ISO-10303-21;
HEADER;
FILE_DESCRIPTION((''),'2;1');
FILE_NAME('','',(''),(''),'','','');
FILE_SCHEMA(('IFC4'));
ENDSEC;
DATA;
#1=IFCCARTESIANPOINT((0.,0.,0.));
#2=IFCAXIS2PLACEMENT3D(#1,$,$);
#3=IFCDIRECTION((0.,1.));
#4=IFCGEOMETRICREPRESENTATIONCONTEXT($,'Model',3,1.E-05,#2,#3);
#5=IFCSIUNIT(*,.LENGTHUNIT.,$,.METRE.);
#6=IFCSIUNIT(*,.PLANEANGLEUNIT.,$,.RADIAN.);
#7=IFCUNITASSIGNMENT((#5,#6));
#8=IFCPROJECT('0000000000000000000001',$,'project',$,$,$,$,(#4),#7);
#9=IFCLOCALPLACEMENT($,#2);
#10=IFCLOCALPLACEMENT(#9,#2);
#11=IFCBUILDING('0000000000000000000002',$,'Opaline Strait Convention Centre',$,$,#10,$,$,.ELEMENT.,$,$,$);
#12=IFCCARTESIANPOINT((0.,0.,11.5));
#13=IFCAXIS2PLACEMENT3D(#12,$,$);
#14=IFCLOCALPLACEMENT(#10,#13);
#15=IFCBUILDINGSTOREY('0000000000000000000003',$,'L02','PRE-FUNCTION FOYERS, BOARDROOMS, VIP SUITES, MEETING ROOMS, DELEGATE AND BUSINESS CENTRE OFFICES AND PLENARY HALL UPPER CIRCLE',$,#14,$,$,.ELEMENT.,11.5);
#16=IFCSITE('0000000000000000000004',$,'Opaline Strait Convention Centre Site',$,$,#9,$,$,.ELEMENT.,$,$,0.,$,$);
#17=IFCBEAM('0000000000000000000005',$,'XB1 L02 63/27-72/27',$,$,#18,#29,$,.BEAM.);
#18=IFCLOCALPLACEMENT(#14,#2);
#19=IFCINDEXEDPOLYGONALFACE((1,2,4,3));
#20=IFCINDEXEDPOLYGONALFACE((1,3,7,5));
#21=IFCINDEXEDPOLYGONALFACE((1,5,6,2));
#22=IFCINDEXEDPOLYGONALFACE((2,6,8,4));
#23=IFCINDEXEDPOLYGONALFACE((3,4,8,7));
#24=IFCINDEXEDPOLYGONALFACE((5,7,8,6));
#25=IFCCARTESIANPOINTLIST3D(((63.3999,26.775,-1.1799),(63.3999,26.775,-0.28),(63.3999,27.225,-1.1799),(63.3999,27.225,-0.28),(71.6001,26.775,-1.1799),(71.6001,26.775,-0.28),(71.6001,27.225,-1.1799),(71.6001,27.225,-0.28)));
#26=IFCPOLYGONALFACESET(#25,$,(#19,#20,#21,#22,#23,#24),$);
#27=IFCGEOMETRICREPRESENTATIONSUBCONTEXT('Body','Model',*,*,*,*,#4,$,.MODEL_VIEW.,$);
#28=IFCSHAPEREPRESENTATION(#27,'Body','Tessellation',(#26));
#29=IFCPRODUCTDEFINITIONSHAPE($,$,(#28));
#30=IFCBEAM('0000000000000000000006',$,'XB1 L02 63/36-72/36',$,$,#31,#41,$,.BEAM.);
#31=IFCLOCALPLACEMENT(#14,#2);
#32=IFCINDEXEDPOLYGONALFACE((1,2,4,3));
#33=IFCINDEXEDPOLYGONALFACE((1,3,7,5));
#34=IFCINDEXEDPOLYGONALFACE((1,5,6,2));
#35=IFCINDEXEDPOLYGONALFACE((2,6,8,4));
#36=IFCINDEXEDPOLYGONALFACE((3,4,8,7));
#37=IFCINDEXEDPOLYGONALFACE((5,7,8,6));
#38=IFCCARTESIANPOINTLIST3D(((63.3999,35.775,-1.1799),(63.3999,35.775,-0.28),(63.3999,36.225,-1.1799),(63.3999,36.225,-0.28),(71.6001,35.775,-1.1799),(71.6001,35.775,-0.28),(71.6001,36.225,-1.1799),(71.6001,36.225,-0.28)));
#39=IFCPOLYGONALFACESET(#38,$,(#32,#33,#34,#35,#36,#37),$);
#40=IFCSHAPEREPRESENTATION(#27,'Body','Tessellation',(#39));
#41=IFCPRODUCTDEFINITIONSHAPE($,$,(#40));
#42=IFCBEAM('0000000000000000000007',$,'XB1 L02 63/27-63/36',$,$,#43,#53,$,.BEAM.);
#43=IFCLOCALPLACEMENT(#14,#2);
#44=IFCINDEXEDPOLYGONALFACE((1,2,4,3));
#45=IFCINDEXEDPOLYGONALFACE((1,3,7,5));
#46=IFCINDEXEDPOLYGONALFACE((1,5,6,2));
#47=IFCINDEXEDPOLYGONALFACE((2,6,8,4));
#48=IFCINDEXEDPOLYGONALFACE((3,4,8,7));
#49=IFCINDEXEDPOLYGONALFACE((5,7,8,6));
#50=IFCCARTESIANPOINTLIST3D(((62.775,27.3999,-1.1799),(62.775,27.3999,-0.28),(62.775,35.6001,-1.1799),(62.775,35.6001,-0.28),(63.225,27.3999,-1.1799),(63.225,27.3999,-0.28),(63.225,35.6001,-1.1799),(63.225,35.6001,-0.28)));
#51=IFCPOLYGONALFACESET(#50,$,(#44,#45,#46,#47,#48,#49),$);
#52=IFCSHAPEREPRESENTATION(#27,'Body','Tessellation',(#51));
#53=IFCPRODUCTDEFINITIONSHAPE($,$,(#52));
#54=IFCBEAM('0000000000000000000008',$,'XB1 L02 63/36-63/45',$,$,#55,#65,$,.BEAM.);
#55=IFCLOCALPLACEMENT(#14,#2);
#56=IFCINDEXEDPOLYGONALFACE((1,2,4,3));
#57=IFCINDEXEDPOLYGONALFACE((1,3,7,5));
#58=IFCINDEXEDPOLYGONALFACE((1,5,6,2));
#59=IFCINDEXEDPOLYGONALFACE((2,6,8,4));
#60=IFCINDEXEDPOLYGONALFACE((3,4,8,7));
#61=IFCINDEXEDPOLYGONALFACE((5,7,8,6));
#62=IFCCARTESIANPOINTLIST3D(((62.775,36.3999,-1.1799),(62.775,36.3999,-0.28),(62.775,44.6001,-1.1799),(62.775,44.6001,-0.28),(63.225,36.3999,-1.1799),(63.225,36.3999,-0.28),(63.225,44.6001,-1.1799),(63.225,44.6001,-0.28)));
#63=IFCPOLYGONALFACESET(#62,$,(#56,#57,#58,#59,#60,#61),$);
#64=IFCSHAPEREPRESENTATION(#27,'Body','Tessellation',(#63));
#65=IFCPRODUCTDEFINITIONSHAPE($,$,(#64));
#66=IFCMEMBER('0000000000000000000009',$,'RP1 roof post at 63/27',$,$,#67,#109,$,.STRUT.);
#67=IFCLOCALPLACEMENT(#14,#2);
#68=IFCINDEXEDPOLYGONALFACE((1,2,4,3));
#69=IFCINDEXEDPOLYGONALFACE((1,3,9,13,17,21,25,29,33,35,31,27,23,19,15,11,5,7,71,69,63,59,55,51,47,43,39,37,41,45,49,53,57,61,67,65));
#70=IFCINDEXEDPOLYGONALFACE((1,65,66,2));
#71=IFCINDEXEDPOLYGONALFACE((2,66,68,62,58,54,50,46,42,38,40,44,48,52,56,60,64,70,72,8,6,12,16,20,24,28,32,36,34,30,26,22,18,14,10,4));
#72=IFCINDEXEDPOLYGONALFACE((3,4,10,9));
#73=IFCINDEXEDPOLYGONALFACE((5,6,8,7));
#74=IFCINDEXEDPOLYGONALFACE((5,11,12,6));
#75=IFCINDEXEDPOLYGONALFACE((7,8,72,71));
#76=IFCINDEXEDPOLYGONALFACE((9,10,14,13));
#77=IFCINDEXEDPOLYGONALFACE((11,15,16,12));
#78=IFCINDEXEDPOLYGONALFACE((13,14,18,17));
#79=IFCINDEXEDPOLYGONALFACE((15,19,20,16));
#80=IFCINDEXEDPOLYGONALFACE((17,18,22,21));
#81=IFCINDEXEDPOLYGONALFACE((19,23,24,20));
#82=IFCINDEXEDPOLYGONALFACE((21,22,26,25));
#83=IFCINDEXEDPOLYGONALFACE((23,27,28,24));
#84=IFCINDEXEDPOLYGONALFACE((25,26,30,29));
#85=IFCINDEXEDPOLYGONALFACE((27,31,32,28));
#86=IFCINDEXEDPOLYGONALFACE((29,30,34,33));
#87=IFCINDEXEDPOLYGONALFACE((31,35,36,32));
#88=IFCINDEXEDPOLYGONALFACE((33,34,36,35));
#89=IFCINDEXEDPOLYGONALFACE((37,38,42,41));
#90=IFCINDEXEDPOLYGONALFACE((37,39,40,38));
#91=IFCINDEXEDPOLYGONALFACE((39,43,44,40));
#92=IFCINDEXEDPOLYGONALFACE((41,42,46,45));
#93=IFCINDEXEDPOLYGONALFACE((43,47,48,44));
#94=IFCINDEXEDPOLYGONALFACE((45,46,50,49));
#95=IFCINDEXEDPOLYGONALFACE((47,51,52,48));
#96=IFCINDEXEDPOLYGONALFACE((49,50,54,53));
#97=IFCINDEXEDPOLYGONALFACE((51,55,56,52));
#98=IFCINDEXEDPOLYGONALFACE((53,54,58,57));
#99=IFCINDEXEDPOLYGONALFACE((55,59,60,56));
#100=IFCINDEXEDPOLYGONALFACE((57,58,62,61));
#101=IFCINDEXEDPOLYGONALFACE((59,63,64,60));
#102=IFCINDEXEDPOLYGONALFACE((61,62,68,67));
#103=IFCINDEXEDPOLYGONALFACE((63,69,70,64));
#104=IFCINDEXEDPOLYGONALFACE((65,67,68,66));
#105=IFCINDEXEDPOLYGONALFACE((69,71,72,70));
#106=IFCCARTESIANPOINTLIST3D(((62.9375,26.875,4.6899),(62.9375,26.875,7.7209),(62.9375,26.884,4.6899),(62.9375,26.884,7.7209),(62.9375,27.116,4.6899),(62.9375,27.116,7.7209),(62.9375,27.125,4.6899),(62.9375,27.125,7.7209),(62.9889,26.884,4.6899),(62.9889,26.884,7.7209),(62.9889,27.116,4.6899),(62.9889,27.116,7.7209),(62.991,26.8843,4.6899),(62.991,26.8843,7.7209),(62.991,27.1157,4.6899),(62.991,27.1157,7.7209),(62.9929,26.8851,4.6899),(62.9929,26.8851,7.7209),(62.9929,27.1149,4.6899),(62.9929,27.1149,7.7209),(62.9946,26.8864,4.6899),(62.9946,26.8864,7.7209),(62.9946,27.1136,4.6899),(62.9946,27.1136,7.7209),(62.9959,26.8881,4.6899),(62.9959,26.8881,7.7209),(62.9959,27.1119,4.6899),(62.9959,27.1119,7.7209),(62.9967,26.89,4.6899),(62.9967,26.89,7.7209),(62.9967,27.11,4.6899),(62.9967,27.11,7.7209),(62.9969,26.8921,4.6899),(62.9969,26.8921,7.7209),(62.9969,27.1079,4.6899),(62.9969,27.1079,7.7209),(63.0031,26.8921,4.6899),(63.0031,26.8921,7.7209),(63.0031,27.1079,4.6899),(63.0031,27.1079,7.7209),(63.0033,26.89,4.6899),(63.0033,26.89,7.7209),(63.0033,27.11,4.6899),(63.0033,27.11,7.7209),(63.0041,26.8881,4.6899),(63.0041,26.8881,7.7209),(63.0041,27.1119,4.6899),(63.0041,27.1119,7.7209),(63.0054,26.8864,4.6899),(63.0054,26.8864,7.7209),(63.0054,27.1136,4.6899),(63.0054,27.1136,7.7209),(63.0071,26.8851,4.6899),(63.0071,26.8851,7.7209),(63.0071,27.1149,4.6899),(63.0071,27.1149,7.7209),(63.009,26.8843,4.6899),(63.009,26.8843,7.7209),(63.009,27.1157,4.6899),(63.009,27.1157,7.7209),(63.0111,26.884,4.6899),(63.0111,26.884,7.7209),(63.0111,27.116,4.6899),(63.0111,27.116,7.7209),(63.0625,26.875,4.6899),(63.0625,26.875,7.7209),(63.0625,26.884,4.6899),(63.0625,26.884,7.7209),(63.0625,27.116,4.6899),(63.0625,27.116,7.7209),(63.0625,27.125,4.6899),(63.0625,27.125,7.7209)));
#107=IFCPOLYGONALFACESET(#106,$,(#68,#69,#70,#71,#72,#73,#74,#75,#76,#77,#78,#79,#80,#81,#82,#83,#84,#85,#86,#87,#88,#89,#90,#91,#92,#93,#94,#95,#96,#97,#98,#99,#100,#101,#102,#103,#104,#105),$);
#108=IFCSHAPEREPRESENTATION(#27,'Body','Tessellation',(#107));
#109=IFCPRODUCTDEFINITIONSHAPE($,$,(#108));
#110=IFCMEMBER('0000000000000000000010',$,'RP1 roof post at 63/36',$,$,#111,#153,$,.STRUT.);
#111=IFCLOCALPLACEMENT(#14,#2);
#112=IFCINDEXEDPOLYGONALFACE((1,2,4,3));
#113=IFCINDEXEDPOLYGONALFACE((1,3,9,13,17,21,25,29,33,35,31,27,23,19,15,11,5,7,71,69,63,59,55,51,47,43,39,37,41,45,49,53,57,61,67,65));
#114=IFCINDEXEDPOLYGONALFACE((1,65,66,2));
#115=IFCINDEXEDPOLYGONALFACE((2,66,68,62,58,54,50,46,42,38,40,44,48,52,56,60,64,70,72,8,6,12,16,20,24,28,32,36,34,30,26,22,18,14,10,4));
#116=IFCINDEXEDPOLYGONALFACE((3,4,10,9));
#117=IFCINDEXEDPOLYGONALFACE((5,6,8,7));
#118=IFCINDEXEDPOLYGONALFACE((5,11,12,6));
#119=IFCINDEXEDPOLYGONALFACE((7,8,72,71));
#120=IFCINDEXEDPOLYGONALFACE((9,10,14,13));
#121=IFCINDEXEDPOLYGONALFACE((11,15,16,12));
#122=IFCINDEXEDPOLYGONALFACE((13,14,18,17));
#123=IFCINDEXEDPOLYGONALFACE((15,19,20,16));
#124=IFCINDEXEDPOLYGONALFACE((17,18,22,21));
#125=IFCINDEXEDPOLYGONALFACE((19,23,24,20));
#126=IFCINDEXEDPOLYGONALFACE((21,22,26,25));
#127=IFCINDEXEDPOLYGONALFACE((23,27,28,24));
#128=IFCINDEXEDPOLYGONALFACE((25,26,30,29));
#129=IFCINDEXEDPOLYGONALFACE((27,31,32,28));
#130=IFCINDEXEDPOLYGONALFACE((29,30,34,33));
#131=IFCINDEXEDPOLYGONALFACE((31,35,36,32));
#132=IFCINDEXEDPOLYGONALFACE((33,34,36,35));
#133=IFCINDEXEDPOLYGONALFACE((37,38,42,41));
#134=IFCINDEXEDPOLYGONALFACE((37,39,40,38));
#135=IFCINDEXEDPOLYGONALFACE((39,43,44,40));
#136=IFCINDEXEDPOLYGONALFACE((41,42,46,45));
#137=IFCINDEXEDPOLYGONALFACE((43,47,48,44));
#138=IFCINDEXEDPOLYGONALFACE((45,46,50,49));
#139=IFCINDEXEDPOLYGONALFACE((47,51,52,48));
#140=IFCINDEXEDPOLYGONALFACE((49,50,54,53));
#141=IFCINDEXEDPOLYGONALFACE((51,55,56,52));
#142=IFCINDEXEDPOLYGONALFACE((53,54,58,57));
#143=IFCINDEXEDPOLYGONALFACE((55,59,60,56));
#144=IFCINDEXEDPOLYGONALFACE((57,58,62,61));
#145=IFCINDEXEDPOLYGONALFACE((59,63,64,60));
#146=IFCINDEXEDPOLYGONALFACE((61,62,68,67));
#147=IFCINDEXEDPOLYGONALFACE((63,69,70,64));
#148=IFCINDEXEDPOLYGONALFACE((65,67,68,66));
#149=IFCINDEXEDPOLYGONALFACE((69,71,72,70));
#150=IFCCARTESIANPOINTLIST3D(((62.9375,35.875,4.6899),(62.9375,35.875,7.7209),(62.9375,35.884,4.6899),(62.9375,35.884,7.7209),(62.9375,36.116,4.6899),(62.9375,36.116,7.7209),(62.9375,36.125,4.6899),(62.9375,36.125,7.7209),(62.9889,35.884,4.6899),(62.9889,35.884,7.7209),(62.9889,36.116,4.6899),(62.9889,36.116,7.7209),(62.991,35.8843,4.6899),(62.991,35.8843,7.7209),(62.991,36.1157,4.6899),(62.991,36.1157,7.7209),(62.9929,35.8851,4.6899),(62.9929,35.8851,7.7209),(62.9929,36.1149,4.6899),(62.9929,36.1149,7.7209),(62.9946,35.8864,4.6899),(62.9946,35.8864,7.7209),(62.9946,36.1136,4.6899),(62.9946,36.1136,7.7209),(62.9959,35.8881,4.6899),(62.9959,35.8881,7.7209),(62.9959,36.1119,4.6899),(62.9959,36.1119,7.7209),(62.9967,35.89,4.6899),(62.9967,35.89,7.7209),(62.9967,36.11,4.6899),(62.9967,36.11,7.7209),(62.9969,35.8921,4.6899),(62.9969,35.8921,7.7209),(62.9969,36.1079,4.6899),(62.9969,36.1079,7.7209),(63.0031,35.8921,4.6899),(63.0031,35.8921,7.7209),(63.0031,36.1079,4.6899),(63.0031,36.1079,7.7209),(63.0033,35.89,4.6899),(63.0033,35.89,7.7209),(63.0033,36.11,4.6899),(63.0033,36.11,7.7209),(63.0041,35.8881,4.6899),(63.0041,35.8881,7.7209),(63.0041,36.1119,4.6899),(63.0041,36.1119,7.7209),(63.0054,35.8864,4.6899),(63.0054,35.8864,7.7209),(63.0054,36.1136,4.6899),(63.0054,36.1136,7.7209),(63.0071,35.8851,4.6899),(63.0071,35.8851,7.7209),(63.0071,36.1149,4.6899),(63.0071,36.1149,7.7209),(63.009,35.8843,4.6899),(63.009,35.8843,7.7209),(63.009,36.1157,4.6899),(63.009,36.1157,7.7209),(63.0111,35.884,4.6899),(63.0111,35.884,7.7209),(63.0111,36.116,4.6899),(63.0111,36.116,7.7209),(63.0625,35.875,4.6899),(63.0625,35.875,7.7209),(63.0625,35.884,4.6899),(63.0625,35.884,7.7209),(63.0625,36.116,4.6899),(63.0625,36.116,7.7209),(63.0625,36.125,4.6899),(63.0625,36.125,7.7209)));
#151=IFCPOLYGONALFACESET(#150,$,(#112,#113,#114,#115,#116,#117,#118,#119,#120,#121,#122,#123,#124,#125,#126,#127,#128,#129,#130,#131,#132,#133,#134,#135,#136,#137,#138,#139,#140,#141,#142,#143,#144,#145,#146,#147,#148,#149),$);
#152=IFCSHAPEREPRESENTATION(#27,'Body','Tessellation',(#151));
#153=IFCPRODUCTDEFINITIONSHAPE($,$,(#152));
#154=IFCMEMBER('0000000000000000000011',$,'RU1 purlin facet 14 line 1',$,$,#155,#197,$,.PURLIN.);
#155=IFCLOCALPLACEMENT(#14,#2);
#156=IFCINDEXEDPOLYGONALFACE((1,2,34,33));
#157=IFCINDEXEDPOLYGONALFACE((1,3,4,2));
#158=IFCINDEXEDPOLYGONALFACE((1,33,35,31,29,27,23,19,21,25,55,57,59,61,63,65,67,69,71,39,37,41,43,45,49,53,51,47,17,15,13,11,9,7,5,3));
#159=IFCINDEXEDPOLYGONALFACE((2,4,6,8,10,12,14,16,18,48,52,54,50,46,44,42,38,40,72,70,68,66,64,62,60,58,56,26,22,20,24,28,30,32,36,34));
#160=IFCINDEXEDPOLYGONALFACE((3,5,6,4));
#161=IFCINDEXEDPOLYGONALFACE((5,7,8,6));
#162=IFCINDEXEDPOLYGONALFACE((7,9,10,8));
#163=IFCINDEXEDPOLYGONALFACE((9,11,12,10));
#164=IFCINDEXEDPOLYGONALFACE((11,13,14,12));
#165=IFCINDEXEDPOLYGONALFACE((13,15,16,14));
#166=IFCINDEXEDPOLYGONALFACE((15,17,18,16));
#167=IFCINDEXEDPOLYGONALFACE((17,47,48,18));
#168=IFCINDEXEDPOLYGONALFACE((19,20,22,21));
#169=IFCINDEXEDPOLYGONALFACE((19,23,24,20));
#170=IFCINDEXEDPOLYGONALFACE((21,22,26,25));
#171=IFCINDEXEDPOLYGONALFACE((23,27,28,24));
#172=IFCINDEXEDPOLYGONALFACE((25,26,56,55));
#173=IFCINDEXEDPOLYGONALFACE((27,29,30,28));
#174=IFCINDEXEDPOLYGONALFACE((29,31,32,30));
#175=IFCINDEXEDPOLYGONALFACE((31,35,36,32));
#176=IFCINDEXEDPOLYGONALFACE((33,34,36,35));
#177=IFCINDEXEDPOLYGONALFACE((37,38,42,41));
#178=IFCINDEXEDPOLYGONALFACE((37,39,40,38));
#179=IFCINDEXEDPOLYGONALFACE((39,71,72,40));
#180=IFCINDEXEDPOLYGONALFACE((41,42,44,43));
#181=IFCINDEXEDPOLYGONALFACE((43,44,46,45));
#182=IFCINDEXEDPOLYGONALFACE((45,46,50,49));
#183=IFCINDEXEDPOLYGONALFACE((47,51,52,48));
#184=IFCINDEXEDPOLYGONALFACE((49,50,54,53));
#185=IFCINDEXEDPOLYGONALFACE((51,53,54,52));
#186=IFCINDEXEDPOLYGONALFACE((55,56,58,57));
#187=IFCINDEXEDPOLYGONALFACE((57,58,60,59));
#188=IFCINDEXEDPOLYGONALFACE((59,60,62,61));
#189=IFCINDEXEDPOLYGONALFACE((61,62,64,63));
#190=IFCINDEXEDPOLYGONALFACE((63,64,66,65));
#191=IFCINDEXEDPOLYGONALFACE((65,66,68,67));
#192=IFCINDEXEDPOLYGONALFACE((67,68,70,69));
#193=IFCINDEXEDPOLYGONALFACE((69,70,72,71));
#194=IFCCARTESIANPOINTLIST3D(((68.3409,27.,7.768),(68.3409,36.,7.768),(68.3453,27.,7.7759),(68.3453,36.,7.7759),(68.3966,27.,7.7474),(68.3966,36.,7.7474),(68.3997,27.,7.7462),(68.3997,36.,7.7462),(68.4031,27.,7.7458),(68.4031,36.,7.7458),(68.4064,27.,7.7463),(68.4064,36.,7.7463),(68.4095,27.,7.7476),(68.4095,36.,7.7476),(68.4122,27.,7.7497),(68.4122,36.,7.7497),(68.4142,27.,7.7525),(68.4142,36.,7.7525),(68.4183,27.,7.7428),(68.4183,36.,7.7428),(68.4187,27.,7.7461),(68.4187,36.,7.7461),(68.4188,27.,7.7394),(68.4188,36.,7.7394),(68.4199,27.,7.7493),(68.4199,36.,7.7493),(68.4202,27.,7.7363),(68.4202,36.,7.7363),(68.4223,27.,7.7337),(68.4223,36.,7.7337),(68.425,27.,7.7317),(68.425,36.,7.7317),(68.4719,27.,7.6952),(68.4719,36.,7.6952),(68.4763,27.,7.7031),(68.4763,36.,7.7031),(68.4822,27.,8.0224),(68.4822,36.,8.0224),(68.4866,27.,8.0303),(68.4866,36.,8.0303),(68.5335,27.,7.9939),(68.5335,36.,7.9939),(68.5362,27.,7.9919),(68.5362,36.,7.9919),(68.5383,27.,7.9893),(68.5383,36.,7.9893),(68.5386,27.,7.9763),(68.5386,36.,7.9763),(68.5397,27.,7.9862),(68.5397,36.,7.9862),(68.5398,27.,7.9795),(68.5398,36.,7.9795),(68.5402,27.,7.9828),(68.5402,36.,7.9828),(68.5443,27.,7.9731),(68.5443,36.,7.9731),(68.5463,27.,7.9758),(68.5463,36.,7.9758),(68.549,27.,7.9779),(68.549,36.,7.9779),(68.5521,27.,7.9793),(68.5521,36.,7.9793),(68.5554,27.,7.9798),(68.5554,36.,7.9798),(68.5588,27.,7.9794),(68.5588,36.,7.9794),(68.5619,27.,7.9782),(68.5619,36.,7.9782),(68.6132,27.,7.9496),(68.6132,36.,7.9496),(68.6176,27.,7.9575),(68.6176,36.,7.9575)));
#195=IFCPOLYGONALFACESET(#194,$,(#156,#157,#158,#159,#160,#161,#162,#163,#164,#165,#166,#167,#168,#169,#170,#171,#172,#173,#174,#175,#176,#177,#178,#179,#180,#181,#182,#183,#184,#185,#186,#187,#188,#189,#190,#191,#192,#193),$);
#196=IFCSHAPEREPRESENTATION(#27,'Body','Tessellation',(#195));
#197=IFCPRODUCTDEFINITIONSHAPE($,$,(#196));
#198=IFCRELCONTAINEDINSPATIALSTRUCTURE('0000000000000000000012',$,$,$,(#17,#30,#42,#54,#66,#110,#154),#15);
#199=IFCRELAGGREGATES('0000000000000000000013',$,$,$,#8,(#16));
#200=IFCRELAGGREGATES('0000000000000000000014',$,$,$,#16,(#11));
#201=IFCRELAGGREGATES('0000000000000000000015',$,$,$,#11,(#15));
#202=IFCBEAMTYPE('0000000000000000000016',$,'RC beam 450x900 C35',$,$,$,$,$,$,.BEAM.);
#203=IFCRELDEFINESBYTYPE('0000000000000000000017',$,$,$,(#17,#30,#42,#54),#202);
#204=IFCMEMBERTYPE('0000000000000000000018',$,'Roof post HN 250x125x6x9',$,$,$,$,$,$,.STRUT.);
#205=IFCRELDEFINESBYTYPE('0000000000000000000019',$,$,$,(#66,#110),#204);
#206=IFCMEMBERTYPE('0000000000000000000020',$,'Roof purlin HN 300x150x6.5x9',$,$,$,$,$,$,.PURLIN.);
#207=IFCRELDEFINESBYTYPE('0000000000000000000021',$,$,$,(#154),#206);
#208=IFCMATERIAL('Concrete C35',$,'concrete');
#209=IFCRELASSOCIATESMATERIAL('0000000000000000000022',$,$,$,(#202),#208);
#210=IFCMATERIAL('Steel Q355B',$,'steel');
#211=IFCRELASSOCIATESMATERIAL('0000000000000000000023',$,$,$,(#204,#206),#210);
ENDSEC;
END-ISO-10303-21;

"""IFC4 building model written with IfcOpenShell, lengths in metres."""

from ifc_helpers import new_model, si_unit, direction, frame, origin, origin_2d, place, context, subcontext, project, spatial, rectangle, i_section, extrude, material, material_profile, profile_set, type_object, element, save


model = new_model("IFC4")

# Units and contexts
model_context = context("Model", 3, precision=1e-05, world=origin(), true_north=direction((0.0, 1.0)))
body_context = subcontext(model_context, "Body", "Model", "MODEL_VIEW")
ifc_project = project(units=[si_unit("LENGTHUNIT", "METRE"), si_unit("PLANEANGLEUNIT", "RADIAN")], contexts=[model_context])

# Site, building, storey
site_placement = place(None, origin())
site = spatial("IfcSite", under=ifc_project, at=site_placement, Name="Opaline Strait Convention Centre Site", CompositionType="ELEMENT", RefElevation=0.0)
building_placement = place(site_placement, origin())
building = spatial("IfcBuilding", under=site, at=building_placement, Name="Opaline Strait Convention Centre", CompositionType="ELEMENT")
storey_placement = place(building_placement, frame((0.0, 0.0, 11.5)))
storey = spatial("IfcBuildingStorey", under=building, at=storey_placement, Name="L02", Description="PRE-FUNCTION FOYERS, BOARDROOMS, VIP SUITES, MEETING ROOMS, DELEGATE AND BUSINESS CENTRE OFFICES AND PLENARY HALL UPPER CIRCLE", CompositionType="ELEMENT", Elevation=11.5)

# Shared definitions
ifc_material_1 = material(Name="Steel Q355B", Category="steel")

# Beams
ifc_material_2 = material(Name="Concrete C35", Category="concrete")
ifc_material_profile_1 = material_profile(ifc_material_2, rectangle(XDim=0.45, YDim=0.8999, at=origin_2d()), Name="RC 450x900")
ifc_profile_set_1 = profile_set([ifc_material_profile_1], Name="Concrete C35")
beam_type = type_object("IfcBeamType", Name="RC beam 450x900 C35", PredefinedType="BEAM", material=ifc_profile_set_1)
for number, where, z_axis, x_axis, name in (
    (1, (63.3999, 27.0, -0.73), (1.0, 0.0, 0.0), (0.0, 1.0, 0.0), "XB1 L02 63/27-72/27"),
    (2, (63.3999, 36.0, -0.73), (1.0, 0.0, 0.0), (0.0, 1.0, 0.0), "XB1 L02 63/36-72/36"),
    (3, (63.0, 27.3999, -0.73), (0.0, 1.0, 0.0), (-1.0, 0.0, 0.0), "XB1 L02 63/27-63/36"),
    (4, (63.0, 36.3999, -0.73), (0.0, 1.0, 0.0), (-1.0, 0.0, 0.0), "XB1 L02 63/36-63/45"),
):
    element("IfcBeam", number, at=place(storey_placement, frame(where, z_axis=z_axis, x_axis=x_axis)), inside=storey, type_object=beam_type, Name=name, PredefinedType="BEAM", context=body_context, shape_type="SweptSolid", body=[
        extrude(rectangle(XDim=0.45, YDim=0.8999, at=origin_2d()), origin(), (0.0, 0.0, 1.0), 8.2002),
    ])

# Members
ifc_material_profile_2 = material_profile(ifc_material_1, i_section(OverallWidth=0.125, OverallDepth=0.25, WebThickness=0.0061, FlangeThickness=0.009, FilletRadius=0.0081, at=origin_2d()), Name="HN 250x125x6x9")
ifc_profile_set_2 = profile_set([ifc_material_profile_2], Name="Steel Q355B")
member_type_1 = type_object("IfcMemberType", Name="Roof post HN 250x125x6x9", PredefinedType="STRUT", material=ifc_profile_set_2)
for number, where, z_axis, x_axis, name in (
    (5, (63.0, 27.0, 4.6899), (0.0, 0.0, 1.0), (1.0, 0.0, 0.0), "RP1 roof post at 63/27"),
    (6, (63.0, 36.0, 4.6899), (0.0, 0.0, 1.0), (1.0, 0.0, 0.0), "RP1 roof post at 63/36"),
):
    element("IfcMember", number, at=place(storey_placement, frame(where, z_axis=z_axis, x_axis=x_axis)), inside=storey, type_object=member_type_1, Name=name, PredefinedType="STRUT", context=body_context, shape_type="SweptSolid", body=[
        extrude(i_section(OverallWidth=0.125, OverallDepth=0.25, WebThickness=0.0061, FlangeThickness=0.009, FilletRadius=0.0081, at=origin_2d()), origin(), (0.0, 0.0, 1.0), 3.031),
    ])
ifc_material_profile_3 = material_profile(ifc_material_1, i_section(OverallWidth=0.1499, OverallDepth=0.3, WebThickness=0.0066, FlangeThickness=0.009, FilletRadius=0.0129, at=origin_2d()), Name="HN 300x150x6.5x9")
ifc_profile_set_3 = profile_set([ifc_material_profile_3], Name="Steel Q355B")
member_type_2 = type_object("IfcMemberType", Name="Roof purlin HN 300x150x6.5x9", PredefinedType="PURLIN", material=ifc_profile_set_3)
for number, where, z_axis, x_axis, name in (
    (7, (68.4792, 27.0, 7.8628), (0.0, 1.0, 0.0), (-0.874157, 0.0, 0.485643), "RU1 purlin facet 14 line 1"),
):
    element("IfcMember", number, at=place(storey_placement, frame(where, z_axis=z_axis, x_axis=x_axis)), inside=storey, type_object=member_type_2, Name=name, PredefinedType="PURLIN", context=body_context, shape_type="SweptSolid", body=[
        extrude(i_section(OverallWidth=0.1499, OverallDepth=0.3, WebThickness=0.0066, FlangeThickness=0.009, FilletRadius=0.0129, at=origin_2d()), origin(), (0.0, 0.0, 1.0), 9.0),
    ])

save(model, "model.ifc")
